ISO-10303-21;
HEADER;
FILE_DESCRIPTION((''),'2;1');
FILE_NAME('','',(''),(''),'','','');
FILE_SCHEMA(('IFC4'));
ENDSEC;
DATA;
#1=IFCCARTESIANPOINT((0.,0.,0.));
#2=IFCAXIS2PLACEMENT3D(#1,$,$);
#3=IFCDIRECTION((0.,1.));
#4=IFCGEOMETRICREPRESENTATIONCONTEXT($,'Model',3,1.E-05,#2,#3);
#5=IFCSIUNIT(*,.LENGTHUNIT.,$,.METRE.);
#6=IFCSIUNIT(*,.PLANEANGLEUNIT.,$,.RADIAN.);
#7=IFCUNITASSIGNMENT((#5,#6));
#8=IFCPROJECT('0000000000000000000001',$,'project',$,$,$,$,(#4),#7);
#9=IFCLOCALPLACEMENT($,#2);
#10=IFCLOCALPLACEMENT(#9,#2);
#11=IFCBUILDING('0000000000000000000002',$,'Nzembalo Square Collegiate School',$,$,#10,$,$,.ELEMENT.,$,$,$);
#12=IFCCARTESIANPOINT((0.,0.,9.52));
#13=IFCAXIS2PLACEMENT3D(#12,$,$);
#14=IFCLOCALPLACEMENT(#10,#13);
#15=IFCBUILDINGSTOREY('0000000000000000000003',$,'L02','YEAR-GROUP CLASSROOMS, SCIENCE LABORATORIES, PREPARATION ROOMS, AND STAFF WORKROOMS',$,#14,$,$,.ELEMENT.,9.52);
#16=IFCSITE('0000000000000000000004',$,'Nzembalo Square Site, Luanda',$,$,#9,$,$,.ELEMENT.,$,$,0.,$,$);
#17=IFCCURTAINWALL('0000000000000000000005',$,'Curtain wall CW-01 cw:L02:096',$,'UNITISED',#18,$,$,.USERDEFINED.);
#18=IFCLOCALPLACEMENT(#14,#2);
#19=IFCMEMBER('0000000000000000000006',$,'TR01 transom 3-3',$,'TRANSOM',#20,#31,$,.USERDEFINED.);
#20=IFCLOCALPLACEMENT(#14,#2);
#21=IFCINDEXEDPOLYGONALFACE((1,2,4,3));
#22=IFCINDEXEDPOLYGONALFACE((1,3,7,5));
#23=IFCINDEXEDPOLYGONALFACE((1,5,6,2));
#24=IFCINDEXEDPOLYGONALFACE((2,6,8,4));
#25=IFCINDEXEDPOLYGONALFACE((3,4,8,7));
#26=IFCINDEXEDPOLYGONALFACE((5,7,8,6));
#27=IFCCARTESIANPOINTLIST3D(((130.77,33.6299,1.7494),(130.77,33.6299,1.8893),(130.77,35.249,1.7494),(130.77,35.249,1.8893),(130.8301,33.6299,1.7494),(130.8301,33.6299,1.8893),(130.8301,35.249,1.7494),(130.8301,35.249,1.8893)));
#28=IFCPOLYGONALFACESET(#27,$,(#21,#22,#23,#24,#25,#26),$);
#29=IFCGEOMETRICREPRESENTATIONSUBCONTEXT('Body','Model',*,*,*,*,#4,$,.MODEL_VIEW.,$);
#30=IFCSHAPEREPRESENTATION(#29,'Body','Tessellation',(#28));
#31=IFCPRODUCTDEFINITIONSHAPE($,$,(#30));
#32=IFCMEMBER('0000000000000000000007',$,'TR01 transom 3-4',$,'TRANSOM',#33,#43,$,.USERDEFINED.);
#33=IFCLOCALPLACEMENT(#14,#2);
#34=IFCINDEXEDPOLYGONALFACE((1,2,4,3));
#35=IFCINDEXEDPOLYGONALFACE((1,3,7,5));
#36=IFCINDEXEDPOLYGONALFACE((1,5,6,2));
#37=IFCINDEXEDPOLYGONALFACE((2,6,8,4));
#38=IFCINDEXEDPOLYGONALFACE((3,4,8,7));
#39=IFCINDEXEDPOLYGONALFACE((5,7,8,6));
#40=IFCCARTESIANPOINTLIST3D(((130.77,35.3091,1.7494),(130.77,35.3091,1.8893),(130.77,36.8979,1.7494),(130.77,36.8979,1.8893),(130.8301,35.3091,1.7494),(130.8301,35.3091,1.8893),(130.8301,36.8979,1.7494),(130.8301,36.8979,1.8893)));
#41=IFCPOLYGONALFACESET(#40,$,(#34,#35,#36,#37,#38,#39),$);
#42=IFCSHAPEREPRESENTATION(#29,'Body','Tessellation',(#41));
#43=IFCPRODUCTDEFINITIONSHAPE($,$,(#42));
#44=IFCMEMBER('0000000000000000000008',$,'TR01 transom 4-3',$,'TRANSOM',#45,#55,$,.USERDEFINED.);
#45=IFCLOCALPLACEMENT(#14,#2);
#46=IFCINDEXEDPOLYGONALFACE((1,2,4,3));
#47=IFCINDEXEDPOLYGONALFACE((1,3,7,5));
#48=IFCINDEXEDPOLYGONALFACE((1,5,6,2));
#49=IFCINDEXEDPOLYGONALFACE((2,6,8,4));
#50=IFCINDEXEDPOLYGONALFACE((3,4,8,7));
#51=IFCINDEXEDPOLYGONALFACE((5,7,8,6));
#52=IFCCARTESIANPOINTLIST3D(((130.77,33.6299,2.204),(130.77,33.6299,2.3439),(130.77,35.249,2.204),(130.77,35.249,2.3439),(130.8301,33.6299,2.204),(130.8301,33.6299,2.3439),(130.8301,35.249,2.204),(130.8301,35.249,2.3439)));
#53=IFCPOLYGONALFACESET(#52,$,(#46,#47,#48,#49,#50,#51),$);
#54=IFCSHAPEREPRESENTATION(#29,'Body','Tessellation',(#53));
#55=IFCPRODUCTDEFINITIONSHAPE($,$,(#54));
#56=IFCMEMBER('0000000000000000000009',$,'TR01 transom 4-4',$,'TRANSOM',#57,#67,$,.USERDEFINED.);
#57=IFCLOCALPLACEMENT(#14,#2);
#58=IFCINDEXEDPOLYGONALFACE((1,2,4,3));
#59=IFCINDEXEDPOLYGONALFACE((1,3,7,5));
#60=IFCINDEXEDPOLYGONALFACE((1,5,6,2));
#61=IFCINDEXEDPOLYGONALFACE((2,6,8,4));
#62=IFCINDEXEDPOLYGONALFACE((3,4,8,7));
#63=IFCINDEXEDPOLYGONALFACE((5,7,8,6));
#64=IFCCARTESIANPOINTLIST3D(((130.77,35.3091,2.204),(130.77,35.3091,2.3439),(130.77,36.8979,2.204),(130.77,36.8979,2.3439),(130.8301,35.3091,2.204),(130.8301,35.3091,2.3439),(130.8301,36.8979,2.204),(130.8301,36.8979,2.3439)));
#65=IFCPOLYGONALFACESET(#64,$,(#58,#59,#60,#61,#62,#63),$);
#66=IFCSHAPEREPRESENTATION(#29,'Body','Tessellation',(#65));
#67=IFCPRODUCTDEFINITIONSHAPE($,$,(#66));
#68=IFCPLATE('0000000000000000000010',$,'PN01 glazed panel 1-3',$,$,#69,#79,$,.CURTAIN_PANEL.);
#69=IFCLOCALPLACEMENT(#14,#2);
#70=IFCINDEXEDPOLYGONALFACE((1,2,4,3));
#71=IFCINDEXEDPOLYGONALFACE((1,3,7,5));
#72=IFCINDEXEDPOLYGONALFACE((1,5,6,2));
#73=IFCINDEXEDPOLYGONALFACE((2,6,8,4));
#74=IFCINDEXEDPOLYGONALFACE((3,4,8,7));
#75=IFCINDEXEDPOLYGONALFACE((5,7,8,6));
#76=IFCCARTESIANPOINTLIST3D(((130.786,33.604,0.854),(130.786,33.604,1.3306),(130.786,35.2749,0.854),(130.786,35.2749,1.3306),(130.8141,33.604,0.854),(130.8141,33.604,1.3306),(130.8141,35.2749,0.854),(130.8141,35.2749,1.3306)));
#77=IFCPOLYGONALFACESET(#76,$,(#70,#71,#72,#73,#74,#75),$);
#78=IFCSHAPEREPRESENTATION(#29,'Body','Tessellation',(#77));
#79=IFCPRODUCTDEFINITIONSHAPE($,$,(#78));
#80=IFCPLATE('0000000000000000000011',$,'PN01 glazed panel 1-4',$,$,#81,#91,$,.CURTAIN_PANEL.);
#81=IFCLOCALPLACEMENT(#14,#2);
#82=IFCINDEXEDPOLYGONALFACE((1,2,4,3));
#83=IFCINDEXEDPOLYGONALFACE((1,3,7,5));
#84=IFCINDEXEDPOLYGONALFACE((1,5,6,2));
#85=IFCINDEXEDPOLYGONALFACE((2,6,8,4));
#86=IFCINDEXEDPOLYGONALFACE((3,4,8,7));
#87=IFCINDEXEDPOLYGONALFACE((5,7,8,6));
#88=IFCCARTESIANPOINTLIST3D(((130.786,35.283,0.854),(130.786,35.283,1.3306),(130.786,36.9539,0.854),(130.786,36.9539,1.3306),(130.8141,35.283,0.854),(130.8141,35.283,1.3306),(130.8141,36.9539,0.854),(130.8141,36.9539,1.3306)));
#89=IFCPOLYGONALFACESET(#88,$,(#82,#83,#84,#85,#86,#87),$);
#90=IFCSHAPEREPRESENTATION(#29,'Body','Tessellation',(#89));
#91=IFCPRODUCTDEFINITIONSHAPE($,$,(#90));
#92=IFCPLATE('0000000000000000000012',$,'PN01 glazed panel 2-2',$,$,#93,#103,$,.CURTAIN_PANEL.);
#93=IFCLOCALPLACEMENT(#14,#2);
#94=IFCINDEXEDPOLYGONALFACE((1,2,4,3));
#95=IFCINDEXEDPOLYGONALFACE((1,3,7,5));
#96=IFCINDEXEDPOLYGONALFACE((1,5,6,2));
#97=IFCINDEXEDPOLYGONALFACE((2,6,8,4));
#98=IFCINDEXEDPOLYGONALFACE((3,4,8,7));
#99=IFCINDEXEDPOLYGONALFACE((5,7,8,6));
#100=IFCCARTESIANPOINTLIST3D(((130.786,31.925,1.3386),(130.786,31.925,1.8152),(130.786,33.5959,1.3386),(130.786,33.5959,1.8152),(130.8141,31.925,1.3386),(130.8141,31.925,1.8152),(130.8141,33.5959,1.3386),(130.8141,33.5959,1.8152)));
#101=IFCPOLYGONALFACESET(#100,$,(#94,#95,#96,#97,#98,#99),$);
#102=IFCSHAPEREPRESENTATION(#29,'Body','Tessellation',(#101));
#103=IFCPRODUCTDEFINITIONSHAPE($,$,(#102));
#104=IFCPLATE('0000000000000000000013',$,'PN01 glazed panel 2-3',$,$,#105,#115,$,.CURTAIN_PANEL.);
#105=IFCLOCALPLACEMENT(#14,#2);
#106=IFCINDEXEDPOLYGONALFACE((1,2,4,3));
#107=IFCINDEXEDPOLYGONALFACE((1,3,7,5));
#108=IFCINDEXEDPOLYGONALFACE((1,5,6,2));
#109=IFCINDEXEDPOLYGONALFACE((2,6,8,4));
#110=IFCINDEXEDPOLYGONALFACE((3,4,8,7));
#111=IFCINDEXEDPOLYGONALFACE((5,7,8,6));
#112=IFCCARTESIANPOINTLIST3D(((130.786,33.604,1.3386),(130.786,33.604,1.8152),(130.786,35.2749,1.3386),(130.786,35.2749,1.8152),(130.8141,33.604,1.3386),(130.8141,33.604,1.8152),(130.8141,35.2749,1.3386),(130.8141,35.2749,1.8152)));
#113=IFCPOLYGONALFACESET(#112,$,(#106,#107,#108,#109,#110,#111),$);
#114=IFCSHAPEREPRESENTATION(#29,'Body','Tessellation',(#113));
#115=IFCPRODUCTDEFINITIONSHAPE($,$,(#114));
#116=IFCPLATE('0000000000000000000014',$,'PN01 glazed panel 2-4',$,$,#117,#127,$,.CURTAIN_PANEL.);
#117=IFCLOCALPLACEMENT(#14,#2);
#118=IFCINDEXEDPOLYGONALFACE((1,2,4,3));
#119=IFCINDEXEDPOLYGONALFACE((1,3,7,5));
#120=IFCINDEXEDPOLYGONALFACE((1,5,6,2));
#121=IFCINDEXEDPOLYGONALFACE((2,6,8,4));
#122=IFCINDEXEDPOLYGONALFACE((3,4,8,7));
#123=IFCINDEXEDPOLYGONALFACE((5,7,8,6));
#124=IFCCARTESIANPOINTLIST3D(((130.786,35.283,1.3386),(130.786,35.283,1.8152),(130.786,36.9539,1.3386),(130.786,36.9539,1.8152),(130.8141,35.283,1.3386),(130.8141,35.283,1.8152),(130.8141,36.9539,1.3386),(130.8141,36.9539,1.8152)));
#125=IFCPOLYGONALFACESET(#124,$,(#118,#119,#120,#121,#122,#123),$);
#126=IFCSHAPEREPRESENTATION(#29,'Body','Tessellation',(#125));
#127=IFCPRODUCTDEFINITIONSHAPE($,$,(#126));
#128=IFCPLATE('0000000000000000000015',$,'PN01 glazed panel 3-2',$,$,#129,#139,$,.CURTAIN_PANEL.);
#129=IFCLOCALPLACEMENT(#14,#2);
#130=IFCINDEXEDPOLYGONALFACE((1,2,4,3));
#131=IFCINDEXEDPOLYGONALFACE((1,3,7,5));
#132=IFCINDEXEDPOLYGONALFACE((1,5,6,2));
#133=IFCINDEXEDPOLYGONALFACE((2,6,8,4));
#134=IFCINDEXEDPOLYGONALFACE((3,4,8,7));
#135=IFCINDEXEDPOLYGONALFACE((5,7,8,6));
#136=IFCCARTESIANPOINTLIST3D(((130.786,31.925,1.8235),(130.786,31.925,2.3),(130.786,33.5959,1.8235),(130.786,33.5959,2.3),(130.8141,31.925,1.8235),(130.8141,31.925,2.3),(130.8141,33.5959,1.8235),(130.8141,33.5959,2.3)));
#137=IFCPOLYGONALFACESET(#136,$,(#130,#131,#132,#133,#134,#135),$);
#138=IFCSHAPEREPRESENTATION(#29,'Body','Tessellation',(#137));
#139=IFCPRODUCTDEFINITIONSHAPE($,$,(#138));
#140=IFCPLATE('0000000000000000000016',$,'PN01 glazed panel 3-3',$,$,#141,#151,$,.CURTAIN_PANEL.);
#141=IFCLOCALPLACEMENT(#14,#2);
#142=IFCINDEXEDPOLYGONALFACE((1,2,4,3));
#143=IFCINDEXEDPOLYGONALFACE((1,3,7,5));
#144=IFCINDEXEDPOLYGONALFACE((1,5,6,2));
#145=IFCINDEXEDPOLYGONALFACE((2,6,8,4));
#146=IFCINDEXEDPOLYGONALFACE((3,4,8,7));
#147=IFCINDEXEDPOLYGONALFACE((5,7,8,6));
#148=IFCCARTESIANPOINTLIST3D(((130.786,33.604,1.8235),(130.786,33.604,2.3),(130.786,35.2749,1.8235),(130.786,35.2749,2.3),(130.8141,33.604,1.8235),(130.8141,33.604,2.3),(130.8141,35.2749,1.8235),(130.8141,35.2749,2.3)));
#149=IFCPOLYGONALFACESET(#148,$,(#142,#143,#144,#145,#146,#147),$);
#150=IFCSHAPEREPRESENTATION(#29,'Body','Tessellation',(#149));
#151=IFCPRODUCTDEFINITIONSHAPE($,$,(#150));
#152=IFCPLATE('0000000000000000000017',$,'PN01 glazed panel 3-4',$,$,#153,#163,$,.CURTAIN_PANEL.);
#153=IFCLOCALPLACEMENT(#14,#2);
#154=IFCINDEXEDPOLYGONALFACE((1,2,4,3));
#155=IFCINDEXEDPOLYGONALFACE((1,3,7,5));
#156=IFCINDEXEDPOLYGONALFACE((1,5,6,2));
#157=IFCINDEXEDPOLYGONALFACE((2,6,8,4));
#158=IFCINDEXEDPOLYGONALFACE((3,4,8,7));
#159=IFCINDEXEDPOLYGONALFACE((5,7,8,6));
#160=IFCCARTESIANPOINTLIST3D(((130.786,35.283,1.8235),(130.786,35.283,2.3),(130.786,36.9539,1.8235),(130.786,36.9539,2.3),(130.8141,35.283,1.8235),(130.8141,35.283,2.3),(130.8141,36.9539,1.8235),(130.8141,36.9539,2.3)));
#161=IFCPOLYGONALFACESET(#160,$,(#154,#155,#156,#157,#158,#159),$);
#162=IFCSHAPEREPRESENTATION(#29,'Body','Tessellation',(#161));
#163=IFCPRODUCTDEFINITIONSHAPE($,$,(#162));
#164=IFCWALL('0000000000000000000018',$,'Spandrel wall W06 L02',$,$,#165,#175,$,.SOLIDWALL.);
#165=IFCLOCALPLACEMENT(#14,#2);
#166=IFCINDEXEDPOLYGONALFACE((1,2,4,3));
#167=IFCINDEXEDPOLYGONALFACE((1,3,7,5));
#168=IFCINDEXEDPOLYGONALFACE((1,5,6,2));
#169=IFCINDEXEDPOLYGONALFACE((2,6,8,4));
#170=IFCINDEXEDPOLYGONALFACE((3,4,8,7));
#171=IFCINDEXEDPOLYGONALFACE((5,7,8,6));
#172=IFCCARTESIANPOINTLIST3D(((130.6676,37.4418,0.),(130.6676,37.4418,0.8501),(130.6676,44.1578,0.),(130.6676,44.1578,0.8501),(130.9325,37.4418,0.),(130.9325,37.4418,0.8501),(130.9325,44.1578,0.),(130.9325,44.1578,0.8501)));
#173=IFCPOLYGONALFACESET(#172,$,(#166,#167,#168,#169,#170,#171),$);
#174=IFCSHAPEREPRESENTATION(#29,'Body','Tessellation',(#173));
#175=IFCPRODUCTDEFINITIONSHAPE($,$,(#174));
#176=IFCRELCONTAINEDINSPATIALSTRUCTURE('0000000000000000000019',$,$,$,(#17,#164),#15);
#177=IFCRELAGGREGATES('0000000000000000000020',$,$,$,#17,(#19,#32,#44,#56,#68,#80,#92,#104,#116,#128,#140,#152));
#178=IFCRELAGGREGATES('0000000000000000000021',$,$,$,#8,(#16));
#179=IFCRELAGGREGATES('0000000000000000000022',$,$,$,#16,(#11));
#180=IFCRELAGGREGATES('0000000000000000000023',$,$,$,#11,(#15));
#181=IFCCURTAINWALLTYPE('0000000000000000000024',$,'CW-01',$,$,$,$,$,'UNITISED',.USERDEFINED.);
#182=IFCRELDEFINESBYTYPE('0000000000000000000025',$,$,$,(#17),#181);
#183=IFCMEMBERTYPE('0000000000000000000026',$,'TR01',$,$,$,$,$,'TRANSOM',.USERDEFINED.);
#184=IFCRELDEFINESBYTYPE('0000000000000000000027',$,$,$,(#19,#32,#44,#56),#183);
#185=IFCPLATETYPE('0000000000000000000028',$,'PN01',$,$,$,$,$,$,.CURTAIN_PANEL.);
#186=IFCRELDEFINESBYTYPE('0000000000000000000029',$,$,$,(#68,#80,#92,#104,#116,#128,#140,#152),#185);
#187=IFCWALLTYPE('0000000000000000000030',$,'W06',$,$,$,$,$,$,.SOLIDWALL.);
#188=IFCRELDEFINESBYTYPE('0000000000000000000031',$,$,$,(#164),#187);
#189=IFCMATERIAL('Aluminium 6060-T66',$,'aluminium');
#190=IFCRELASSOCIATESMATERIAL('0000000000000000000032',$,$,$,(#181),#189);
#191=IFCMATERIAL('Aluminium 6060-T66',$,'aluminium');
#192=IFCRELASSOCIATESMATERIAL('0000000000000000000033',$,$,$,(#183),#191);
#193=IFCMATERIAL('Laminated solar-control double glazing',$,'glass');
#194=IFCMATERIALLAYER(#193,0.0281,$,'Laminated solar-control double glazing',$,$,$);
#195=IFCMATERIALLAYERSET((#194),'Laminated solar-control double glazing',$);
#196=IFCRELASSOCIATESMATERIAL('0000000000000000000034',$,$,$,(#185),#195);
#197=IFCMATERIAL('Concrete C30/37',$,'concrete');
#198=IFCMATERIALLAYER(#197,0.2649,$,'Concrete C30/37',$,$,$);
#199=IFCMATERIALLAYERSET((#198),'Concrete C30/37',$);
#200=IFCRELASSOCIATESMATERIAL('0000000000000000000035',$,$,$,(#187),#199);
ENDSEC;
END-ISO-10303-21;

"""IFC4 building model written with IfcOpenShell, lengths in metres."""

from ifc_helpers import new_model, si_unit, direction, frame, frame_2d, origin, origin_2d, place, context, subcontext, project, spatial, rectangle, extrude, material, layer, layer_set, material_profile, profile_set, type_object, element, aggregate, save


model = new_model("IFC4")

# Units and contexts
model_context = context("Model", 3, precision=1e-05, world=origin(), true_north=direction((0.0, 1.0)))
body_context = subcontext(model_context, "Body", "Model", "MODEL_VIEW")
ifc_project = project(units=[si_unit("LENGTHUNIT", "METRE"), si_unit("PLANEANGLEUNIT", "RADIAN")], contexts=[model_context])

# Site, building, storey
site_placement = place(None, origin())
site = spatial("IfcSite", under=ifc_project, at=site_placement, Name="Nzembalo Square Site, Luanda", CompositionType="ELEMENT", RefElevation=0.0)
building_placement = place(site_placement, origin())
building = spatial("IfcBuilding", under=site, at=building_placement, Name="Nzembalo Square Collegiate School", CompositionType="ELEMENT")
storey_placement = place(building_placement, frame((0.0, 0.0, 9.52)))
storey = spatial("IfcBuildingStorey", under=building, at=storey_placement, Name="L02", Description="YEAR-GROUP CLASSROOMS, SCIENCE LABORATORIES, PREPARATION ROOMS, AND STAFF WORKROOMS", CompositionType="ELEMENT", Elevation=9.52)

# Curtain wall, members, plates
ifc_material_1 = material(Name="Aluminium 6060-T66", Category="aluminium")
curtain_wall_type = type_object("IfcCurtainWallType", Name="CW-01", ElementType="UNITISED", PredefinedType="USERDEFINED", material=ifc_material_1)
curtain_wall_placement = place(storey_placement, origin())
curtain_wall = element("IfcCurtainWall", 1, at=curtain_wall_placement, inside=storey, type_object=curtain_wall_type, Name="Curtain wall CW-01 cw:L02:096", ObjectType="UNITISED", PredefinedType="USERDEFINED")
ifc_material_2 = material(Name="Aluminium 6060-T66", Category="aluminium")
ifc_material_profile_1 = material_profile(ifc_material_2, rectangle(XDim=0.0601, YDim=0.1399, at=origin_2d()), Name="ALU T60x140")
ifc_profile_set_1 = profile_set([ifc_material_profile_1], Name="Aluminium 6060-T66")
member_type_1 = type_object("IfcMemberType", Name="TR01", ElementType="TRANSOM", PredefinedType="USERDEFINED", material=ifc_profile_set_1)
member_1_placement = place(storey_placement, frame((130.8, 33.6299, 1.8193), z_axis=(0.0, 1.0, 0.0), x_axis=(-1.0, 0.0, 0.0)))
member_1 = element("IfcMember", 2, at=member_1_placement, type_object=member_type_1, Name="TR01 transom 3-3", ObjectType="TRANSOM", PredefinedType="USERDEFINED", context=body_context, shape_type="SweptSolid", body=[
    extrude(rectangle(XDim=0.0601, YDim=0.1399, at=origin_2d()), origin(), (0.0, 0.0, 1.0), 1.6191),
])
member_2_placement = place(storey_placement, frame((130.8, 35.3091, 1.8193), z_axis=(0.0, 1.0, 0.0), x_axis=(-1.0, 0.0, 0.0)))
member_2 = element("IfcMember", 3, at=member_2_placement, type_object=member_type_1, Name="TR01 transom 3-4", ObjectType="TRANSOM", PredefinedType="USERDEFINED", context=body_context, shape_type="SweptSolid", body=[
    extrude(rectangle(XDim=0.0601, YDim=0.1399, at=origin_2d()), origin(), (0.0, 0.0, 1.0), 1.5889),
])
member_3_placement = place(storey_placement, frame((130.8, 33.6299, 2.2739), z_axis=(0.0, 1.0, 0.0), x_axis=(-1.0, 0.0, 0.0)))
member_3 = element("IfcMember", 4, at=member_3_placement, type_object=member_type_1, Name="TR01 transom 4-3", ObjectType="TRANSOM", PredefinedType="USERDEFINED", context=body_context, shape_type="SweptSolid", body=[
    extrude(rectangle(XDim=0.0601, YDim=0.1399, at=origin_2d()), origin(), (0.0, 0.0, 1.0), 1.6191),
])
member_4_placement = place(storey_placement, frame((130.8, 35.3091, 2.2739), z_axis=(0.0, 1.0, 0.0), x_axis=(-1.0, 0.0, 0.0)))
member_4 = element("IfcMember", 5, at=member_4_placement, type_object=member_type_1, Name="TR01 transom 4-4", ObjectType="TRANSOM", PredefinedType="USERDEFINED", context=body_context, shape_type="SweptSolid", body=[
    extrude(rectangle(XDim=0.0601, YDim=0.1399, at=origin_2d()), origin(), (0.0, 0.0, 1.0), 1.5889),
])
ifc_material_3 = material(Name="Laminated solar-control double glazing", Category="glass")
ifc_layer_1 = layer(ifc_material_3, 0.0281, Name="Laminated solar-control double glazing")
ifc_layer_set_1 = layer_set([ifc_layer_1], Name="Laminated solar-control double glazing")
plate_type = type_object("IfcPlateType", Name="PN01", PredefinedType="CURTAIN_PANEL", material=ifc_layer_set_1)
plate_1_placement = place(storey_placement, frame((130.8, 34.4395, 0.854), z_axis=(0.0, 0.0, 1.0), x_axis=(0.0, 1.0, 0.0)))
plate_1 = element("IfcPlate", 6, at=plate_1_placement, type_object=plate_type, Name="PN01 glazed panel 1-3", PredefinedType="CURTAIN_PANEL", context=body_context, shape_type="SweptSolid", body=[
    extrude(rectangle(XDim=1.6709, YDim=0.0281, at=origin_2d()), origin(), (0.0, 0.0, 1.0), 0.4766),
])
plate_2_placement = place(storey_placement, frame((130.8, 36.1184, 0.854), z_axis=(0.0, 0.0, 1.0), x_axis=(0.0, 1.0, 0.0)))
plate_2 = element("IfcPlate", 7, at=plate_2_placement, type_object=plate_type, Name="PN01 glazed panel 1-4", PredefinedType="CURTAIN_PANEL", context=body_context, shape_type="SweptSolid", body=[
    extrude(rectangle(XDim=1.6709, YDim=0.0281, at=origin_2d()), origin(), (0.0, 0.0, 1.0), 0.4766),
])
plate_3_placement = place(storey_placement, frame((130.8, 32.7605, 1.3386), z_axis=(0.0, 0.0, 1.0), x_axis=(0.0, 1.0, 0.0)))
plate_3 = element("IfcPlate", 8, at=plate_3_placement, type_object=plate_type, Name="PN01 glazed panel 2-2", PredefinedType="CURTAIN_PANEL", context=body_context, shape_type="SweptSolid", body=[
    extrude(rectangle(XDim=1.6709, YDim=0.0281, at=origin_2d()), origin(), (0.0, 0.0, 1.0), 0.4766),
])
plate_4_placement = place(storey_placement, frame((130.8, 34.4395, 1.3386), z_axis=(0.0, 0.0, 1.0), x_axis=(0.0, 1.0, 0.0)))
plate_4 = element("IfcPlate", 9, at=plate_4_placement, type_object=plate_type, Name="PN01 glazed panel 2-3", PredefinedType="CURTAIN_PANEL", context=body_context, shape_type="SweptSolid", body=[
    extrude(rectangle(XDim=1.6709, YDim=0.0281, at=origin_2d()), origin(), (0.0, 0.0, 1.0), 0.4766),
])
plate_5_placement = place(storey_placement, frame((130.8, 36.1184, 1.3386), z_axis=(0.0, 0.0, 1.0), x_axis=(0.0, 1.0, 0.0)))
plate_5 = element("IfcPlate", 10, at=plate_5_placement, type_object=plate_type, Name="PN01 glazed panel 2-4", PredefinedType="CURTAIN_PANEL", context=body_context, shape_type="SweptSolid", body=[
    extrude(rectangle(XDim=1.6709, YDim=0.0281, at=origin_2d()), origin(), (0.0, 0.0, 1.0), 0.4766),
])
plate_6_placement = place(storey_placement, frame((130.8, 32.7605, 1.8235), z_axis=(0.0, 0.0, 1.0), x_axis=(0.0, 1.0, 0.0)))
plate_6 = element("IfcPlate", 11, at=plate_6_placement, type_object=plate_type, Name="PN01 glazed panel 3-2", PredefinedType="CURTAIN_PANEL", context=body_context, shape_type="SweptSolid", body=[
    extrude(rectangle(XDim=1.6709, YDim=0.0281, at=origin_2d()), origin(), (0.0, 0.0, 1.0), 0.4766),
])
plate_7_placement = place(storey_placement, frame((130.8, 34.4395, 1.8235), z_axis=(0.0, 0.0, 1.0), x_axis=(0.0, 1.0, 0.0)))
plate_7 = element("IfcPlate", 12, at=plate_7_placement, type_object=plate_type, Name="PN01 glazed panel 3-3", PredefinedType="CURTAIN_PANEL", context=body_context, shape_type="SweptSolid", body=[
    extrude(rectangle(XDim=1.6709, YDim=0.0281, at=origin_2d()), origin(), (0.0, 0.0, 1.0), 0.4766),
])
plate_8_placement = place(storey_placement, frame((130.8, 36.1184, 1.8235), z_axis=(0.0, 0.0, 1.0), x_axis=(0.0, 1.0, 0.0)))
plate_8 = element("IfcPlate", 13, at=plate_8_placement, type_object=plate_type, Name="PN01 glazed panel 3-4", PredefinedType="CURTAIN_PANEL", context=body_context, shape_type="SweptSolid", body=[
    extrude(rectangle(XDim=1.6709, YDim=0.0281, at=origin_2d()), origin(), (0.0, 0.0, 1.0), 0.4766),
])
aggregate(curtain_wall, [member_1, member_2, member_3, member_4, plate_1, plate_2, plate_3, plate_4, plate_5, plate_6, plate_7, plate_8])

# Wall
ifc_material_4 = material(Name="Concrete C30/37", Category="concrete")
ifc_layer_2 = layer(ifc_material_4, 0.2649, Name="Concrete C30/37")
ifc_layer_set_2 = layer_set([ifc_layer_2], Name="Concrete C30/37")
wall_type = type_object("IfcWallType", Name="W06", PredefinedType="SOLIDWALL", material=ifc_layer_set_2)
wall_placement = place(storey_placement, frame((130.8, 37.4419, 0.0), z_axis=(0.0, 0.0, 1.0), x_axis=(0.0, 1.0, 0.0)))
element("IfcWall", 14, at=wall_placement, inside=storey, type_object=wall_type, Name="Spandrel wall W06 L02", PredefinedType="SOLIDWALL", context=body_context, shape_type="SweptSolid", body=[
    extrude(rectangle(XDim=6.7161, YDim=0.2649, at=frame_2d((3.3579, 0.0))), origin(), (0.0, 0.0, 1.0), 0.8501),
])

save(model, "model.ifc")
